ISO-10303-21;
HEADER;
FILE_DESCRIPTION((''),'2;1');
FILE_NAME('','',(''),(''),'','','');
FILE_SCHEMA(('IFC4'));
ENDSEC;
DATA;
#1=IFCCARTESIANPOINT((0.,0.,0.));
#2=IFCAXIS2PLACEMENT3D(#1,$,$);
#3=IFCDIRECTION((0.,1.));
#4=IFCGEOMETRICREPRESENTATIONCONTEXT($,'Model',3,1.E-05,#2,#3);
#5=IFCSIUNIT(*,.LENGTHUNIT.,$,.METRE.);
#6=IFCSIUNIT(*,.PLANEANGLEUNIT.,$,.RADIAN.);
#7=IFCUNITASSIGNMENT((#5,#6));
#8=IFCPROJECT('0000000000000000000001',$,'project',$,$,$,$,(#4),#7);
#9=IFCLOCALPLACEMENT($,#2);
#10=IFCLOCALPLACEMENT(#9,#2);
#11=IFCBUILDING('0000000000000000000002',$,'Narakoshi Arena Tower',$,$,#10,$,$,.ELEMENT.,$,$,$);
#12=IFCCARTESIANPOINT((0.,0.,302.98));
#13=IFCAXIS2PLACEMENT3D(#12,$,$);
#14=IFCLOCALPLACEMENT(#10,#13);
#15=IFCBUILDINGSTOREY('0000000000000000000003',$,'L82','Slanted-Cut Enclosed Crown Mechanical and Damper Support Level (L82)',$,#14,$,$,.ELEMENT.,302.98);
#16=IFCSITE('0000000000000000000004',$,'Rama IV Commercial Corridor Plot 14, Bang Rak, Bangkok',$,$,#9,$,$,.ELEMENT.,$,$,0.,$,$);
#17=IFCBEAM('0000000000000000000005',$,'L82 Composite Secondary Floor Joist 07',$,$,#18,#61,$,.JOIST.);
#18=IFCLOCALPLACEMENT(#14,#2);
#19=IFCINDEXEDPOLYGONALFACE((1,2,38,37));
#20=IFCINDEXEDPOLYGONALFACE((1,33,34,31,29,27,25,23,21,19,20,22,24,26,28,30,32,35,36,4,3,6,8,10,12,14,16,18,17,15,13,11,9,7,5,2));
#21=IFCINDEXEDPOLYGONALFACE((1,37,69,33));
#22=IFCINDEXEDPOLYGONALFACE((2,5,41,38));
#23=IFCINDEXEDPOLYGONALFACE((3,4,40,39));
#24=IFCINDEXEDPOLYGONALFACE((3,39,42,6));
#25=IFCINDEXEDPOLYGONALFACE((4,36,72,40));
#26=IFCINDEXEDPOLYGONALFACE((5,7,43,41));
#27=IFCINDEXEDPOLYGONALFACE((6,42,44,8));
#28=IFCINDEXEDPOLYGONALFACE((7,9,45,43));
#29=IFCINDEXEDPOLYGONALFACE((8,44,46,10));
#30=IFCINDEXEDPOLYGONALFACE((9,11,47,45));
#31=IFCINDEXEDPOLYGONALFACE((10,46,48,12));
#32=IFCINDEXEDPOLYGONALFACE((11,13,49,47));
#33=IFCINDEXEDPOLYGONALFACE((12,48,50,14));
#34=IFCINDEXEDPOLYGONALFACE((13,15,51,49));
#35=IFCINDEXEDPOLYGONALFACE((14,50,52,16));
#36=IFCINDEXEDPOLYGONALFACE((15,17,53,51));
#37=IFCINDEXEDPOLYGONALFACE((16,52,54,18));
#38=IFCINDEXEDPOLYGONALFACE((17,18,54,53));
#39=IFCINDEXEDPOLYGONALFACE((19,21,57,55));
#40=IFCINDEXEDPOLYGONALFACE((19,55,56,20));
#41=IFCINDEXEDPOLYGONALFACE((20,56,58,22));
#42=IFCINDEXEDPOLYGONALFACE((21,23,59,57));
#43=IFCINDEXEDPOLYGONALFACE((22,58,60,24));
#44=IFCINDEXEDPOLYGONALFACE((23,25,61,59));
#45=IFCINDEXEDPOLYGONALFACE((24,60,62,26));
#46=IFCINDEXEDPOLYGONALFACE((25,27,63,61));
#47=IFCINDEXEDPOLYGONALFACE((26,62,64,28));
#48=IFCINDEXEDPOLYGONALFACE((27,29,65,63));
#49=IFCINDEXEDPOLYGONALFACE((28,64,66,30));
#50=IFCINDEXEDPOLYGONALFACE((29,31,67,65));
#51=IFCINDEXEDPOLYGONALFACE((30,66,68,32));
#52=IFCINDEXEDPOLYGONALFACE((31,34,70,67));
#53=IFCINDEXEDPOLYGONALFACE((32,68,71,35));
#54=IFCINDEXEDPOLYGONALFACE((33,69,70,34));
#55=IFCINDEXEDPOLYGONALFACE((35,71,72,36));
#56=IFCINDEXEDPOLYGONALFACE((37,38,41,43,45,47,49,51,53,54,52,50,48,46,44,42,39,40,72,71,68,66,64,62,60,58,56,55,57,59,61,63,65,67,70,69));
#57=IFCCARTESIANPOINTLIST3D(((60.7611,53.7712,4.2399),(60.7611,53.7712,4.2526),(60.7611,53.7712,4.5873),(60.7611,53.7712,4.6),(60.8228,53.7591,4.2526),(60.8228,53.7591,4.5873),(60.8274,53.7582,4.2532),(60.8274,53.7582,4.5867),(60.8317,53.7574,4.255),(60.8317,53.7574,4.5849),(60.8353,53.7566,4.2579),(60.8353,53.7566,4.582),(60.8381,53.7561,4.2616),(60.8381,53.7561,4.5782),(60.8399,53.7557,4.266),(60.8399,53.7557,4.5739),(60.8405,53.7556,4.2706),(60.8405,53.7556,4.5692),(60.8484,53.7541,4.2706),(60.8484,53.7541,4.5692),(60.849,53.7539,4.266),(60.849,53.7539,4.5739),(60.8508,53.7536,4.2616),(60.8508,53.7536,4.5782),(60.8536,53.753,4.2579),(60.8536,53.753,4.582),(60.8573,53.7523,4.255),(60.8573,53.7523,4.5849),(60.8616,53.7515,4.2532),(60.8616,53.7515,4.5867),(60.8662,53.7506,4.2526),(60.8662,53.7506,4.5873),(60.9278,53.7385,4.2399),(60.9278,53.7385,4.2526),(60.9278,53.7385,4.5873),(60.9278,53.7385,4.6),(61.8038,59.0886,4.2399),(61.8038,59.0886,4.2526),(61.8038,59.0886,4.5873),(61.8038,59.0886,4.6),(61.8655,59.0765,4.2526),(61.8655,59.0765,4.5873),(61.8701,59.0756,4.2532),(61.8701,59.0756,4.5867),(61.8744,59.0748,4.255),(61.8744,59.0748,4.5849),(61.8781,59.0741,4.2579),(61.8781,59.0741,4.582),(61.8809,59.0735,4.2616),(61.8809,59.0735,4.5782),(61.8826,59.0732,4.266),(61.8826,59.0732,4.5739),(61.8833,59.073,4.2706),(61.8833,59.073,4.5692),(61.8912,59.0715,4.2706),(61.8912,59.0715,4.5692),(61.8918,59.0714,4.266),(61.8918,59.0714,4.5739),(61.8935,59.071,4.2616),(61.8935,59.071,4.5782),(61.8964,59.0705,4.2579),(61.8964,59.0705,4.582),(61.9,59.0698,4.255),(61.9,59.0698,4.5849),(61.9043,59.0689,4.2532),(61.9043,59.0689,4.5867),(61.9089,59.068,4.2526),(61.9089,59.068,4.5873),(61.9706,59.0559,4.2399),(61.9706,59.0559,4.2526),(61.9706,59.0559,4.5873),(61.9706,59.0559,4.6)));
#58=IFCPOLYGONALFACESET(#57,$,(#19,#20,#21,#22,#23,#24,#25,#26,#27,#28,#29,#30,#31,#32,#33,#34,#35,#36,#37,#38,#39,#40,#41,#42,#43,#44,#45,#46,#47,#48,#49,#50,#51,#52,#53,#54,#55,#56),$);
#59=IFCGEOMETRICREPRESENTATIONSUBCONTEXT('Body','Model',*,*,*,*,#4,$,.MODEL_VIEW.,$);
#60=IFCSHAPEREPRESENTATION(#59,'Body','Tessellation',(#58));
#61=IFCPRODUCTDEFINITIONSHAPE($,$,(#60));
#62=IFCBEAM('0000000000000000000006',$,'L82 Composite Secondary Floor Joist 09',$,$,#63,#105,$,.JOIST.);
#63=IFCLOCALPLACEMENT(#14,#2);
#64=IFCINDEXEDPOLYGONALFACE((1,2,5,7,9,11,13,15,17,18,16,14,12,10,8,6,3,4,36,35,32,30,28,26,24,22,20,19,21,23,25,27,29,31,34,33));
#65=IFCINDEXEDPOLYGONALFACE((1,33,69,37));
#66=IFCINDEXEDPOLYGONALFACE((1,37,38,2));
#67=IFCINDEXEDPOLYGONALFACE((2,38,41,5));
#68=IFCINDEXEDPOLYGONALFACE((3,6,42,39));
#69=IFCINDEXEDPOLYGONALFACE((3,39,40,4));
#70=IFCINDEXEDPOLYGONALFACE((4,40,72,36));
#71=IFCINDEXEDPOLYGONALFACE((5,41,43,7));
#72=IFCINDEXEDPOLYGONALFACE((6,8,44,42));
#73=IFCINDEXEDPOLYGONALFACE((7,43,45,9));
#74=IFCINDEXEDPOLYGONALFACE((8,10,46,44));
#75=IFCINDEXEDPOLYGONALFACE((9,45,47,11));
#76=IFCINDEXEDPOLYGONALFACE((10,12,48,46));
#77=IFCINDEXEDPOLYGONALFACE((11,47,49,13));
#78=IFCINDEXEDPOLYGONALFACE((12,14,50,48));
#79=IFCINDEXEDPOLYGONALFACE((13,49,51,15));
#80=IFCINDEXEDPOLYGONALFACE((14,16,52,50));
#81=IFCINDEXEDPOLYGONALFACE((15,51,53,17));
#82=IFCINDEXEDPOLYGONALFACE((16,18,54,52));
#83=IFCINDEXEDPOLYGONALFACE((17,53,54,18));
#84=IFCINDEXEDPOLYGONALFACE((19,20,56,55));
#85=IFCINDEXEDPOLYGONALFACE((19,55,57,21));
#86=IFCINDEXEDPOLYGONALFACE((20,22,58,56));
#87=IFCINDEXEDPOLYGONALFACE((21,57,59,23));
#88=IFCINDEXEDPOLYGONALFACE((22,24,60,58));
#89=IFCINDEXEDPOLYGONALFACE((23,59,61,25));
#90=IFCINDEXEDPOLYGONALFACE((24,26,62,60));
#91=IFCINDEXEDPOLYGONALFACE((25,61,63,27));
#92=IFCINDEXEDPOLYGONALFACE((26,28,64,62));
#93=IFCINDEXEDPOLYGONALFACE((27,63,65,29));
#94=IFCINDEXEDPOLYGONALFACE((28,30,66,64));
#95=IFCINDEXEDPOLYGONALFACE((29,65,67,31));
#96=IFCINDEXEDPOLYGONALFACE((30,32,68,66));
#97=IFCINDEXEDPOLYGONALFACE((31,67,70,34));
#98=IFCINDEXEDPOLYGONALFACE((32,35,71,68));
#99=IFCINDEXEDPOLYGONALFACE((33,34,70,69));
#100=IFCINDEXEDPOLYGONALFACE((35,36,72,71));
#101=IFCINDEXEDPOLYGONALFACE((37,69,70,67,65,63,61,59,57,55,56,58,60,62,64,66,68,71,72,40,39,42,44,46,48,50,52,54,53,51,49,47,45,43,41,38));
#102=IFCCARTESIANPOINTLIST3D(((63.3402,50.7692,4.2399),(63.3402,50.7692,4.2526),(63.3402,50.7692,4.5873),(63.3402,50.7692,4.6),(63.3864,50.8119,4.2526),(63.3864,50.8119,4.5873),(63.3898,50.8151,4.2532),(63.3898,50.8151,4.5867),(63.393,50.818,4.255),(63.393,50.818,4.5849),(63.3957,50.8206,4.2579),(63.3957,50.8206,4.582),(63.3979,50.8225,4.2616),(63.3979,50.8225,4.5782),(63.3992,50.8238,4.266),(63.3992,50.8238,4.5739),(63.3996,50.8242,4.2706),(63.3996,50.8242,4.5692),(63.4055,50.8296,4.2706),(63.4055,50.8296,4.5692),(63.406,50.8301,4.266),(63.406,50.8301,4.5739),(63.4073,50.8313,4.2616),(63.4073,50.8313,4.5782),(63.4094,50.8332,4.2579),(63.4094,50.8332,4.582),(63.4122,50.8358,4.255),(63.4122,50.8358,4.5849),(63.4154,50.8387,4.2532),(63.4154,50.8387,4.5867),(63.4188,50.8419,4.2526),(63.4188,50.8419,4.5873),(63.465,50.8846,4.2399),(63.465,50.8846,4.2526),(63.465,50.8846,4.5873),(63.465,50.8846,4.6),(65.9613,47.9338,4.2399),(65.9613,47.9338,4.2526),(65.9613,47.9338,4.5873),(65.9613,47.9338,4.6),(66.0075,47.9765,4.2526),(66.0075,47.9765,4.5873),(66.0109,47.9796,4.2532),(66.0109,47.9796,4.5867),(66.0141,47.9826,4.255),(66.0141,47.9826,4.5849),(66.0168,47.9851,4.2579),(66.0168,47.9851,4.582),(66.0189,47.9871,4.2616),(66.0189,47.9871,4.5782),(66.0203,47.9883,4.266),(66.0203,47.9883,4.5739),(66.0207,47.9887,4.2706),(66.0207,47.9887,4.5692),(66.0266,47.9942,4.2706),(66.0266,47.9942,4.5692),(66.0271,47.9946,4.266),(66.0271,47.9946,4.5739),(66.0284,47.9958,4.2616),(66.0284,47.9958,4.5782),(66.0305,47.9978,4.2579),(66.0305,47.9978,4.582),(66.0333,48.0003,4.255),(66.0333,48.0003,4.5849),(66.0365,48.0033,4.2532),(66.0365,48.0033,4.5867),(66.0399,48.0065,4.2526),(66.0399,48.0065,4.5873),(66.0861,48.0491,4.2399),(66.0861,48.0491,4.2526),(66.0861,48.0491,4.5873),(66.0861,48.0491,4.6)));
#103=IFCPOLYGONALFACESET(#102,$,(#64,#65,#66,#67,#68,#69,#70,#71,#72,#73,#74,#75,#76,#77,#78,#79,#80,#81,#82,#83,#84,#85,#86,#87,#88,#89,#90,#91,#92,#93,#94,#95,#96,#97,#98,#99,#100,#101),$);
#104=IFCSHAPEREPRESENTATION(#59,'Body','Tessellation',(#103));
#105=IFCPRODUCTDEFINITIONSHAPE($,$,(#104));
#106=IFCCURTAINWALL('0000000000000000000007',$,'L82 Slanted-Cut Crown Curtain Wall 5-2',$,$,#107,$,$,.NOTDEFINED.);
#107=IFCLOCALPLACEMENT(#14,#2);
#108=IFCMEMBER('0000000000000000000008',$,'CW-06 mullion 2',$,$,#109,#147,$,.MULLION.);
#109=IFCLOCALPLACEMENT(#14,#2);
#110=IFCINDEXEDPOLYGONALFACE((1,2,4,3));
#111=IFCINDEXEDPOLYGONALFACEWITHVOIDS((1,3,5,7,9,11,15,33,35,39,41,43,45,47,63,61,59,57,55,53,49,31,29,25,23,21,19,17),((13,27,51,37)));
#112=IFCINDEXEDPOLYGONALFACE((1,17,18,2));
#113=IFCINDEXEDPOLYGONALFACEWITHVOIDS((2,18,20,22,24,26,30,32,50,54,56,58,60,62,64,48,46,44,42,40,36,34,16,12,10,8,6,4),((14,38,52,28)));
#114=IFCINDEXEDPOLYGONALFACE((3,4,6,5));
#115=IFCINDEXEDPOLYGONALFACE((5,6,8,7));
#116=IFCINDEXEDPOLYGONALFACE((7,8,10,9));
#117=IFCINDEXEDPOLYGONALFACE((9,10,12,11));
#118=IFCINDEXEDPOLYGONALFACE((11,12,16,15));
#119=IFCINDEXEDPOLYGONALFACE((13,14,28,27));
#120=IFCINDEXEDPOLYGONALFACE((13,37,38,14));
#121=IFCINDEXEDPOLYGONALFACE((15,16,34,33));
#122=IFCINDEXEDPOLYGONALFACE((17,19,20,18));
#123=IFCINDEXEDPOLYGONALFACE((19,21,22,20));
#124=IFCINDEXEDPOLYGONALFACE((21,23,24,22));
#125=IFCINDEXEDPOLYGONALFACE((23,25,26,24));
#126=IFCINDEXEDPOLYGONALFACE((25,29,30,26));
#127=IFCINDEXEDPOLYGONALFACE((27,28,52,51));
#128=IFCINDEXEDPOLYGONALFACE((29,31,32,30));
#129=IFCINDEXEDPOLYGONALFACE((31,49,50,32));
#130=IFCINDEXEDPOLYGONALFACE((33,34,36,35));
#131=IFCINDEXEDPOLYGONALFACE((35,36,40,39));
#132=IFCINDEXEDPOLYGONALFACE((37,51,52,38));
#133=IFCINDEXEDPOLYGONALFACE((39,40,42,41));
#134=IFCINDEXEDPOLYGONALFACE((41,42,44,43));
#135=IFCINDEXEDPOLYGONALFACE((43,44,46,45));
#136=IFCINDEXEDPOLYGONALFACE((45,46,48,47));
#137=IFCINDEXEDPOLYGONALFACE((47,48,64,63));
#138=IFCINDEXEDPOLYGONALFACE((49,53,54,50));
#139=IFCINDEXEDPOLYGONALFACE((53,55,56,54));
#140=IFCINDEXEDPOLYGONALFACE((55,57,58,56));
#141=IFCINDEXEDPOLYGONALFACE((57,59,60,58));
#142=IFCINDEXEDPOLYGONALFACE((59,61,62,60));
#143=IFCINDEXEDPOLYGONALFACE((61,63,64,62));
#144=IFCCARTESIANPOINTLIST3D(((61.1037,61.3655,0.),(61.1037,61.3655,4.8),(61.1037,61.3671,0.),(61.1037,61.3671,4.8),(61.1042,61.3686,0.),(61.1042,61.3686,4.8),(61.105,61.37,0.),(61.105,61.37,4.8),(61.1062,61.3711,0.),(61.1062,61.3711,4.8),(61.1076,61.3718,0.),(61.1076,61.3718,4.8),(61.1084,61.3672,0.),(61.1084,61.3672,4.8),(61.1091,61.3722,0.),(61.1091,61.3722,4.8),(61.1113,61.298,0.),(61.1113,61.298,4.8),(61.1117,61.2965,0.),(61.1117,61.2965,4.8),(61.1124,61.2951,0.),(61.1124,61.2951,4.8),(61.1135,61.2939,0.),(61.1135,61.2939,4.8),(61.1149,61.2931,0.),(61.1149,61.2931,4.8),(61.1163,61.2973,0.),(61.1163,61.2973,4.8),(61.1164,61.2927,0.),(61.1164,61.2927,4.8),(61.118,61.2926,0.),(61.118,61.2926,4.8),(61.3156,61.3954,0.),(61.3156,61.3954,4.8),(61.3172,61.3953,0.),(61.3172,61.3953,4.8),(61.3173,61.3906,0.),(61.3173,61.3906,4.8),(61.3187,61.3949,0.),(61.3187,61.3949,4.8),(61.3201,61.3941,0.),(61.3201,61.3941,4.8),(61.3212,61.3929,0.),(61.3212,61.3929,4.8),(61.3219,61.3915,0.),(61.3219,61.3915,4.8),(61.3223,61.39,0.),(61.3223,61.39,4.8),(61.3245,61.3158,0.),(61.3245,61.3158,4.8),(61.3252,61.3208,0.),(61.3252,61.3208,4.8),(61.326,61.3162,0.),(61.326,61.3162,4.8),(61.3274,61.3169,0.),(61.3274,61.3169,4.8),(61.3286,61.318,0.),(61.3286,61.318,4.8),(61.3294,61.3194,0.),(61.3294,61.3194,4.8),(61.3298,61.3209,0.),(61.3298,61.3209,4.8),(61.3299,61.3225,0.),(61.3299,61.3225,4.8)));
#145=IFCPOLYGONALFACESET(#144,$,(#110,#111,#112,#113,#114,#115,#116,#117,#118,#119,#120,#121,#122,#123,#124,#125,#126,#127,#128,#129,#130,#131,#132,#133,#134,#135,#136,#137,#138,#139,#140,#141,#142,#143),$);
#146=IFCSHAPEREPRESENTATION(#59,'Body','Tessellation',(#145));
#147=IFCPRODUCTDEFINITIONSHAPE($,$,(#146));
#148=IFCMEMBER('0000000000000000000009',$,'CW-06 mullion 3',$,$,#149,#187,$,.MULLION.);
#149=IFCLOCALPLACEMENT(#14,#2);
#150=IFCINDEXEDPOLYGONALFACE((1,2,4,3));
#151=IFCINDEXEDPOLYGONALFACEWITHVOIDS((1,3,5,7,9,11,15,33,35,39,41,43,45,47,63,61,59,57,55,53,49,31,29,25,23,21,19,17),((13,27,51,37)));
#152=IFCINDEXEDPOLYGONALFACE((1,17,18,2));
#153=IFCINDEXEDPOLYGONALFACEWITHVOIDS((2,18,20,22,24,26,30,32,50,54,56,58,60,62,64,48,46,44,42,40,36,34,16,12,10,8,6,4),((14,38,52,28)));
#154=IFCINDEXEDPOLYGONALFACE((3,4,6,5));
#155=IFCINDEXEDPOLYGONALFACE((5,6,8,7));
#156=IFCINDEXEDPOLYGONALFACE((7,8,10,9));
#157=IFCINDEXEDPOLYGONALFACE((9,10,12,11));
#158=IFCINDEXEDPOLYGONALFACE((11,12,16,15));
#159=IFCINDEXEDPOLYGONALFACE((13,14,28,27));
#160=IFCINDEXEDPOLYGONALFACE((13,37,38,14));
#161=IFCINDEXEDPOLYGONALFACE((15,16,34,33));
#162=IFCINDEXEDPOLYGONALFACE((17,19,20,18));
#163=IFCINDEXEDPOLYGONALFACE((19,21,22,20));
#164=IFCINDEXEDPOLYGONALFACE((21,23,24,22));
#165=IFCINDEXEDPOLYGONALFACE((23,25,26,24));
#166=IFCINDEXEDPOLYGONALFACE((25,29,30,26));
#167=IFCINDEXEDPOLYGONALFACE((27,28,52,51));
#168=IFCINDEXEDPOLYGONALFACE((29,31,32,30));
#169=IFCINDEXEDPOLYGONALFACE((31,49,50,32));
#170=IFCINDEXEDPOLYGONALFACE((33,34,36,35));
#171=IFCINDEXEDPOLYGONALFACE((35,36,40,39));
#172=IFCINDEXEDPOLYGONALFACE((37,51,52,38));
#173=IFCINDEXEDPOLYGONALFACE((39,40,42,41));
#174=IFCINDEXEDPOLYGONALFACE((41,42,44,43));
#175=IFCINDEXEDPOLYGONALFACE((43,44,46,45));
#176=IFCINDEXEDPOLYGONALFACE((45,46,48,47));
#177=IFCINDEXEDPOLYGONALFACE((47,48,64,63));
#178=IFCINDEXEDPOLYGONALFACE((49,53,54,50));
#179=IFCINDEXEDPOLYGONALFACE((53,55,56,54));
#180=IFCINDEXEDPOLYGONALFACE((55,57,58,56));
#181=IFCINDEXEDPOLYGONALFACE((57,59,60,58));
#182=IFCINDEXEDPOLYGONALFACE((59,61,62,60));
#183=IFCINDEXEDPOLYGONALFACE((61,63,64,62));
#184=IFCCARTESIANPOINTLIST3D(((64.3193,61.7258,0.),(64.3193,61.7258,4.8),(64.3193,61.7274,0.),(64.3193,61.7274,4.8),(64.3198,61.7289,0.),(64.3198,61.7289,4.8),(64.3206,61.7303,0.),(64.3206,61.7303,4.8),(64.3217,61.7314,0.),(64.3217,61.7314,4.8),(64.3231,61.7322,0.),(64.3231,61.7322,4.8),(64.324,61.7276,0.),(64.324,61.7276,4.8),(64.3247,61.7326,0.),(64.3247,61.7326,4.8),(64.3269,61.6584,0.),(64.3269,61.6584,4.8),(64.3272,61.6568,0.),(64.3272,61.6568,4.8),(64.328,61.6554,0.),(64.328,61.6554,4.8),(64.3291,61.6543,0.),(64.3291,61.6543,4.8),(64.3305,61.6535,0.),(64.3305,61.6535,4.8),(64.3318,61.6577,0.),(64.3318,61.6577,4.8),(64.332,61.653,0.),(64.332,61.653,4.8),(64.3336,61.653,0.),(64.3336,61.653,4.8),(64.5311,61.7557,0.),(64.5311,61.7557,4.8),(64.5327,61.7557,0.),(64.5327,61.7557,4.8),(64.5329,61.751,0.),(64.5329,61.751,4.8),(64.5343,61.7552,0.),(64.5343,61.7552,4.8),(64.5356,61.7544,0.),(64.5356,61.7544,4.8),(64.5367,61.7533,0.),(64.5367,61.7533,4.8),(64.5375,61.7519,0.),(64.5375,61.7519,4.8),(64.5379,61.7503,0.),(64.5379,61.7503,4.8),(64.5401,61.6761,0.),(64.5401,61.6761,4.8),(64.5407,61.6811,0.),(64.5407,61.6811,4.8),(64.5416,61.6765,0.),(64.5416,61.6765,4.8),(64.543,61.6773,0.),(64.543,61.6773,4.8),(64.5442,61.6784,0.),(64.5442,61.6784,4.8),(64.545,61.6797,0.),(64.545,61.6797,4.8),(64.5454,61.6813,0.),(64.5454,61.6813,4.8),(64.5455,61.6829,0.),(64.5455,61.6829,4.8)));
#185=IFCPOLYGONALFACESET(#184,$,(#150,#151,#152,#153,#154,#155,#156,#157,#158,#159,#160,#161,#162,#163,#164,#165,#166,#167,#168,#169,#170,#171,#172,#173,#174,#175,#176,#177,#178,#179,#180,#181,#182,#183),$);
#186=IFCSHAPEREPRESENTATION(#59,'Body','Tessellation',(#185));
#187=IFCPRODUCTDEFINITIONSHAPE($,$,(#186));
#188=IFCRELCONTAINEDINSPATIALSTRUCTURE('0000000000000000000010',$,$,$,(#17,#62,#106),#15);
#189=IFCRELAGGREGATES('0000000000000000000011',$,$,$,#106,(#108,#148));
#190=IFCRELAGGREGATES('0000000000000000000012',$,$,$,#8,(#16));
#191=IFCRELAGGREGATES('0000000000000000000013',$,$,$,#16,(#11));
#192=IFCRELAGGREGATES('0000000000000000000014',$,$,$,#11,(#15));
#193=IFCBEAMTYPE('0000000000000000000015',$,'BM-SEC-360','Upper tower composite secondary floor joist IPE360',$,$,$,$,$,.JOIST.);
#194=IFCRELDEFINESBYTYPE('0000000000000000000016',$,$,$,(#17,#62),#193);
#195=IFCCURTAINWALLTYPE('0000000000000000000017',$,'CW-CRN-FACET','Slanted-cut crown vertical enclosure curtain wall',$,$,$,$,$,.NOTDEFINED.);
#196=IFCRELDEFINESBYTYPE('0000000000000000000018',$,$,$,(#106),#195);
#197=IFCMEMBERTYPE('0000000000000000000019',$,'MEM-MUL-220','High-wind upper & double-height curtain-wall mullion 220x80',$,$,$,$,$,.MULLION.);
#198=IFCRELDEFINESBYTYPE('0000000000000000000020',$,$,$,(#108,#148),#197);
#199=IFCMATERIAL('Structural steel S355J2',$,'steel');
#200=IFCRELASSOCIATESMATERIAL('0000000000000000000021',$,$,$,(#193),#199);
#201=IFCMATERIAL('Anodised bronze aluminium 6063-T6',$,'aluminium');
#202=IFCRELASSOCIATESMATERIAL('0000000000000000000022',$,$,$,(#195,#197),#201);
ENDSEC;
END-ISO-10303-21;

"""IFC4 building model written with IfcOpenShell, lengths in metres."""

from ifc_helpers import new_model, si_unit, direction, frame, origin, origin_2d, place, context, subcontext, project, spatial, hollow_rectangle, i_section, extrude, material, material_profile, profile_set, type_object, element, aggregate, save


model = new_model("IFC4")

# Units and contexts
model_context = context("Model", 3, precision=1e-05, world=origin(), true_north=direction((0.0, 1.0)))
body_context = subcontext(model_context, "Body", "Model", "MODEL_VIEW")
ifc_project = project(units=[si_unit("LENGTHUNIT", "METRE"), si_unit("PLANEANGLEUNIT", "RADIAN")], contexts=[model_context])

# Site, building, storey
site_placement = place(None, origin())
site = spatial("IfcSite", under=ifc_project, at=site_placement, Name="Rama IV Commercial Corridor Plot 14, Bang Rak, Bangkok", CompositionType="ELEMENT", RefElevation=0.0)
building_placement = place(site_placement, origin())
building = spatial("IfcBuilding", under=site, at=building_placement, Name="Narakoshi Arena Tower", CompositionType="ELEMENT")
storey_placement = place(building_placement, frame((0.0, 0.0, 302.98)))
storey = spatial("IfcBuildingStorey", under=building, at=storey_placement, Name="L82", Description="Slanted-Cut Enclosed Crown Mechanical and Damper Support Level (L82)", CompositionType="ELEMENT", Elevation=302.98)

# Shared definitions
ifc_material_1 = material(Name="Structural steel S355J2", Category="steel")

# Beams
ifc_material_profile_1 = material_profile(ifc_material_1, i_section(OverallWidth=0.1699, OverallDepth=0.3601, WebThickness=0.0081, FlangeThickness=0.0127, FilletRadius=0.0181, at=origin_2d()), Name="IPE360")
ifc_profile_set_1 = profile_set([ifc_material_profile_1], Name="Structural steel S355J2")
beam_type_1 = type_object("IfcBeamType", Name="BM-SEC-360", Description="Upper tower composite secondary floor joist IPE360", PredefinedType="JOIST", material=ifc_profile_set_1)
beam_1_placement = place(storey_placement, frame((61.8872, 59.0723, 4.4199), z_axis=(-0.192432, -0.98131, 0.0), x_axis=(0.98131, -0.192432, 0.0)))
element("IfcBeam", 1, at=beam_1_placement, inside=storey, type_object=beam_type_1, Name="L82 Composite Secondary Floor Joist 07", PredefinedType="JOIST", context=body_context, shape_type="SweptSolid", body=[
    extrude(i_section(OverallWidth=0.1699, OverallDepth=0.3601, WebThickness=0.0081, FlangeThickness=0.0127, FilletRadius=0.0181, at=origin_2d()), origin(), (0.0, 0.0, 1.0), 5.4187),
])
beam_2_placement = place(storey_placement, frame((63.4026, 50.8269, 4.4199), z_axis=(0.678805, -0.734318, 0.0), x_axis=(0.734318, 0.678805, 0.0)))
element("IfcBeam", 2, at=beam_2_placement, inside=storey, type_object=beam_type_1, Name="L82 Composite Secondary Floor Joist 09", PredefinedType="JOIST", context=body_context, shape_type="SweptSolid", body=[
    extrude(i_section(OverallWidth=0.1699, OverallDepth=0.3601, WebThickness=0.0081, FlangeThickness=0.0127, FilletRadius=0.0181, at=origin_2d()), origin(), (0.0, 0.0, 1.0), 3.8613),
])

# Curtain wall, members
ifc_material_2 = material(Name="Anodised bronze aluminium 6063-T6", Category="aluminium")
curtain_wall_type = type_object("IfcCurtainWallType", Name="CW-CRN-FACET", Description="Slanted-cut crown vertical enclosure curtain wall", PredefinedType="NOTDEFINED", material=ifc_material_2)
curtain_wall_placement = place(storey_placement, origin())
curtain_wall = element("IfcCurtainWall", 3, at=curtain_wall_placement, inside=storey, type_object=curtain_wall_type, Name="L82 Slanted-Cut Crown Curtain Wall 5-2", PredefinedType="NOTDEFINED")
ifc_material_profile_2 = material_profile(ifc_material_2, hollow_rectangle(XDim=0.0801, YDim=0.22, WallThickness=0.0049, OuterFilletRadius=0.0061, at=origin_2d()), Name="MUL220x80x5")
ifc_profile_set_2 = profile_set([ifc_material_profile_2], Name="Anodised bronze aluminium 6063-T6")
member_type_1 = type_object("IfcMemberType", Name="MEM-MUL-220", Description="High-wind upper & double-height curtain-wall mullion 220x80", PredefinedType="MULLION", material=ifc_profile_set_2)
member_1_placement = place(storey_placement, frame((61.2168, 61.344, 0.0), z_axis=(0.0, 0.0, 1.0), x_axis=(-0.111395, 0.993776, 0.0)))
member_1 = element("IfcMember", 4, at=member_1_placement, type_object=member_type_1, Name="CW-06 mullion 2", PredefinedType="MULLION", context=body_context, shape_type="SweptSolid", body=[
    extrude(hollow_rectangle(XDim=0.0801, YDim=0.22, WallThickness=0.0049, OuterFilletRadius=0.0061, at=origin_2d()), origin(), (0.0, 0.0, 1.0), 4.8),
])
member_2_placement = place(storey_placement, frame((64.4324, 61.7043, 0.0), z_axis=(0.0, 0.0, 1.0), x_axis=(-0.111395, 0.993776, 0.0)))
member_2 = element("IfcMember", 5, at=member_2_placement, type_object=member_type_1, Name="CW-06 mullion 3", PredefinedType="MULLION", context=body_context, shape_type="SweptSolid", body=[
    extrude(hollow_rectangle(XDim=0.0801, YDim=0.22, WallThickness=0.0049, OuterFilletRadius=0.0061, at=origin_2d()), origin(), (0.0, 0.0, 1.0), 4.8),
])
aggregate(curtain_wall, [member_1, member_2])

save(model, "model.ifc")
